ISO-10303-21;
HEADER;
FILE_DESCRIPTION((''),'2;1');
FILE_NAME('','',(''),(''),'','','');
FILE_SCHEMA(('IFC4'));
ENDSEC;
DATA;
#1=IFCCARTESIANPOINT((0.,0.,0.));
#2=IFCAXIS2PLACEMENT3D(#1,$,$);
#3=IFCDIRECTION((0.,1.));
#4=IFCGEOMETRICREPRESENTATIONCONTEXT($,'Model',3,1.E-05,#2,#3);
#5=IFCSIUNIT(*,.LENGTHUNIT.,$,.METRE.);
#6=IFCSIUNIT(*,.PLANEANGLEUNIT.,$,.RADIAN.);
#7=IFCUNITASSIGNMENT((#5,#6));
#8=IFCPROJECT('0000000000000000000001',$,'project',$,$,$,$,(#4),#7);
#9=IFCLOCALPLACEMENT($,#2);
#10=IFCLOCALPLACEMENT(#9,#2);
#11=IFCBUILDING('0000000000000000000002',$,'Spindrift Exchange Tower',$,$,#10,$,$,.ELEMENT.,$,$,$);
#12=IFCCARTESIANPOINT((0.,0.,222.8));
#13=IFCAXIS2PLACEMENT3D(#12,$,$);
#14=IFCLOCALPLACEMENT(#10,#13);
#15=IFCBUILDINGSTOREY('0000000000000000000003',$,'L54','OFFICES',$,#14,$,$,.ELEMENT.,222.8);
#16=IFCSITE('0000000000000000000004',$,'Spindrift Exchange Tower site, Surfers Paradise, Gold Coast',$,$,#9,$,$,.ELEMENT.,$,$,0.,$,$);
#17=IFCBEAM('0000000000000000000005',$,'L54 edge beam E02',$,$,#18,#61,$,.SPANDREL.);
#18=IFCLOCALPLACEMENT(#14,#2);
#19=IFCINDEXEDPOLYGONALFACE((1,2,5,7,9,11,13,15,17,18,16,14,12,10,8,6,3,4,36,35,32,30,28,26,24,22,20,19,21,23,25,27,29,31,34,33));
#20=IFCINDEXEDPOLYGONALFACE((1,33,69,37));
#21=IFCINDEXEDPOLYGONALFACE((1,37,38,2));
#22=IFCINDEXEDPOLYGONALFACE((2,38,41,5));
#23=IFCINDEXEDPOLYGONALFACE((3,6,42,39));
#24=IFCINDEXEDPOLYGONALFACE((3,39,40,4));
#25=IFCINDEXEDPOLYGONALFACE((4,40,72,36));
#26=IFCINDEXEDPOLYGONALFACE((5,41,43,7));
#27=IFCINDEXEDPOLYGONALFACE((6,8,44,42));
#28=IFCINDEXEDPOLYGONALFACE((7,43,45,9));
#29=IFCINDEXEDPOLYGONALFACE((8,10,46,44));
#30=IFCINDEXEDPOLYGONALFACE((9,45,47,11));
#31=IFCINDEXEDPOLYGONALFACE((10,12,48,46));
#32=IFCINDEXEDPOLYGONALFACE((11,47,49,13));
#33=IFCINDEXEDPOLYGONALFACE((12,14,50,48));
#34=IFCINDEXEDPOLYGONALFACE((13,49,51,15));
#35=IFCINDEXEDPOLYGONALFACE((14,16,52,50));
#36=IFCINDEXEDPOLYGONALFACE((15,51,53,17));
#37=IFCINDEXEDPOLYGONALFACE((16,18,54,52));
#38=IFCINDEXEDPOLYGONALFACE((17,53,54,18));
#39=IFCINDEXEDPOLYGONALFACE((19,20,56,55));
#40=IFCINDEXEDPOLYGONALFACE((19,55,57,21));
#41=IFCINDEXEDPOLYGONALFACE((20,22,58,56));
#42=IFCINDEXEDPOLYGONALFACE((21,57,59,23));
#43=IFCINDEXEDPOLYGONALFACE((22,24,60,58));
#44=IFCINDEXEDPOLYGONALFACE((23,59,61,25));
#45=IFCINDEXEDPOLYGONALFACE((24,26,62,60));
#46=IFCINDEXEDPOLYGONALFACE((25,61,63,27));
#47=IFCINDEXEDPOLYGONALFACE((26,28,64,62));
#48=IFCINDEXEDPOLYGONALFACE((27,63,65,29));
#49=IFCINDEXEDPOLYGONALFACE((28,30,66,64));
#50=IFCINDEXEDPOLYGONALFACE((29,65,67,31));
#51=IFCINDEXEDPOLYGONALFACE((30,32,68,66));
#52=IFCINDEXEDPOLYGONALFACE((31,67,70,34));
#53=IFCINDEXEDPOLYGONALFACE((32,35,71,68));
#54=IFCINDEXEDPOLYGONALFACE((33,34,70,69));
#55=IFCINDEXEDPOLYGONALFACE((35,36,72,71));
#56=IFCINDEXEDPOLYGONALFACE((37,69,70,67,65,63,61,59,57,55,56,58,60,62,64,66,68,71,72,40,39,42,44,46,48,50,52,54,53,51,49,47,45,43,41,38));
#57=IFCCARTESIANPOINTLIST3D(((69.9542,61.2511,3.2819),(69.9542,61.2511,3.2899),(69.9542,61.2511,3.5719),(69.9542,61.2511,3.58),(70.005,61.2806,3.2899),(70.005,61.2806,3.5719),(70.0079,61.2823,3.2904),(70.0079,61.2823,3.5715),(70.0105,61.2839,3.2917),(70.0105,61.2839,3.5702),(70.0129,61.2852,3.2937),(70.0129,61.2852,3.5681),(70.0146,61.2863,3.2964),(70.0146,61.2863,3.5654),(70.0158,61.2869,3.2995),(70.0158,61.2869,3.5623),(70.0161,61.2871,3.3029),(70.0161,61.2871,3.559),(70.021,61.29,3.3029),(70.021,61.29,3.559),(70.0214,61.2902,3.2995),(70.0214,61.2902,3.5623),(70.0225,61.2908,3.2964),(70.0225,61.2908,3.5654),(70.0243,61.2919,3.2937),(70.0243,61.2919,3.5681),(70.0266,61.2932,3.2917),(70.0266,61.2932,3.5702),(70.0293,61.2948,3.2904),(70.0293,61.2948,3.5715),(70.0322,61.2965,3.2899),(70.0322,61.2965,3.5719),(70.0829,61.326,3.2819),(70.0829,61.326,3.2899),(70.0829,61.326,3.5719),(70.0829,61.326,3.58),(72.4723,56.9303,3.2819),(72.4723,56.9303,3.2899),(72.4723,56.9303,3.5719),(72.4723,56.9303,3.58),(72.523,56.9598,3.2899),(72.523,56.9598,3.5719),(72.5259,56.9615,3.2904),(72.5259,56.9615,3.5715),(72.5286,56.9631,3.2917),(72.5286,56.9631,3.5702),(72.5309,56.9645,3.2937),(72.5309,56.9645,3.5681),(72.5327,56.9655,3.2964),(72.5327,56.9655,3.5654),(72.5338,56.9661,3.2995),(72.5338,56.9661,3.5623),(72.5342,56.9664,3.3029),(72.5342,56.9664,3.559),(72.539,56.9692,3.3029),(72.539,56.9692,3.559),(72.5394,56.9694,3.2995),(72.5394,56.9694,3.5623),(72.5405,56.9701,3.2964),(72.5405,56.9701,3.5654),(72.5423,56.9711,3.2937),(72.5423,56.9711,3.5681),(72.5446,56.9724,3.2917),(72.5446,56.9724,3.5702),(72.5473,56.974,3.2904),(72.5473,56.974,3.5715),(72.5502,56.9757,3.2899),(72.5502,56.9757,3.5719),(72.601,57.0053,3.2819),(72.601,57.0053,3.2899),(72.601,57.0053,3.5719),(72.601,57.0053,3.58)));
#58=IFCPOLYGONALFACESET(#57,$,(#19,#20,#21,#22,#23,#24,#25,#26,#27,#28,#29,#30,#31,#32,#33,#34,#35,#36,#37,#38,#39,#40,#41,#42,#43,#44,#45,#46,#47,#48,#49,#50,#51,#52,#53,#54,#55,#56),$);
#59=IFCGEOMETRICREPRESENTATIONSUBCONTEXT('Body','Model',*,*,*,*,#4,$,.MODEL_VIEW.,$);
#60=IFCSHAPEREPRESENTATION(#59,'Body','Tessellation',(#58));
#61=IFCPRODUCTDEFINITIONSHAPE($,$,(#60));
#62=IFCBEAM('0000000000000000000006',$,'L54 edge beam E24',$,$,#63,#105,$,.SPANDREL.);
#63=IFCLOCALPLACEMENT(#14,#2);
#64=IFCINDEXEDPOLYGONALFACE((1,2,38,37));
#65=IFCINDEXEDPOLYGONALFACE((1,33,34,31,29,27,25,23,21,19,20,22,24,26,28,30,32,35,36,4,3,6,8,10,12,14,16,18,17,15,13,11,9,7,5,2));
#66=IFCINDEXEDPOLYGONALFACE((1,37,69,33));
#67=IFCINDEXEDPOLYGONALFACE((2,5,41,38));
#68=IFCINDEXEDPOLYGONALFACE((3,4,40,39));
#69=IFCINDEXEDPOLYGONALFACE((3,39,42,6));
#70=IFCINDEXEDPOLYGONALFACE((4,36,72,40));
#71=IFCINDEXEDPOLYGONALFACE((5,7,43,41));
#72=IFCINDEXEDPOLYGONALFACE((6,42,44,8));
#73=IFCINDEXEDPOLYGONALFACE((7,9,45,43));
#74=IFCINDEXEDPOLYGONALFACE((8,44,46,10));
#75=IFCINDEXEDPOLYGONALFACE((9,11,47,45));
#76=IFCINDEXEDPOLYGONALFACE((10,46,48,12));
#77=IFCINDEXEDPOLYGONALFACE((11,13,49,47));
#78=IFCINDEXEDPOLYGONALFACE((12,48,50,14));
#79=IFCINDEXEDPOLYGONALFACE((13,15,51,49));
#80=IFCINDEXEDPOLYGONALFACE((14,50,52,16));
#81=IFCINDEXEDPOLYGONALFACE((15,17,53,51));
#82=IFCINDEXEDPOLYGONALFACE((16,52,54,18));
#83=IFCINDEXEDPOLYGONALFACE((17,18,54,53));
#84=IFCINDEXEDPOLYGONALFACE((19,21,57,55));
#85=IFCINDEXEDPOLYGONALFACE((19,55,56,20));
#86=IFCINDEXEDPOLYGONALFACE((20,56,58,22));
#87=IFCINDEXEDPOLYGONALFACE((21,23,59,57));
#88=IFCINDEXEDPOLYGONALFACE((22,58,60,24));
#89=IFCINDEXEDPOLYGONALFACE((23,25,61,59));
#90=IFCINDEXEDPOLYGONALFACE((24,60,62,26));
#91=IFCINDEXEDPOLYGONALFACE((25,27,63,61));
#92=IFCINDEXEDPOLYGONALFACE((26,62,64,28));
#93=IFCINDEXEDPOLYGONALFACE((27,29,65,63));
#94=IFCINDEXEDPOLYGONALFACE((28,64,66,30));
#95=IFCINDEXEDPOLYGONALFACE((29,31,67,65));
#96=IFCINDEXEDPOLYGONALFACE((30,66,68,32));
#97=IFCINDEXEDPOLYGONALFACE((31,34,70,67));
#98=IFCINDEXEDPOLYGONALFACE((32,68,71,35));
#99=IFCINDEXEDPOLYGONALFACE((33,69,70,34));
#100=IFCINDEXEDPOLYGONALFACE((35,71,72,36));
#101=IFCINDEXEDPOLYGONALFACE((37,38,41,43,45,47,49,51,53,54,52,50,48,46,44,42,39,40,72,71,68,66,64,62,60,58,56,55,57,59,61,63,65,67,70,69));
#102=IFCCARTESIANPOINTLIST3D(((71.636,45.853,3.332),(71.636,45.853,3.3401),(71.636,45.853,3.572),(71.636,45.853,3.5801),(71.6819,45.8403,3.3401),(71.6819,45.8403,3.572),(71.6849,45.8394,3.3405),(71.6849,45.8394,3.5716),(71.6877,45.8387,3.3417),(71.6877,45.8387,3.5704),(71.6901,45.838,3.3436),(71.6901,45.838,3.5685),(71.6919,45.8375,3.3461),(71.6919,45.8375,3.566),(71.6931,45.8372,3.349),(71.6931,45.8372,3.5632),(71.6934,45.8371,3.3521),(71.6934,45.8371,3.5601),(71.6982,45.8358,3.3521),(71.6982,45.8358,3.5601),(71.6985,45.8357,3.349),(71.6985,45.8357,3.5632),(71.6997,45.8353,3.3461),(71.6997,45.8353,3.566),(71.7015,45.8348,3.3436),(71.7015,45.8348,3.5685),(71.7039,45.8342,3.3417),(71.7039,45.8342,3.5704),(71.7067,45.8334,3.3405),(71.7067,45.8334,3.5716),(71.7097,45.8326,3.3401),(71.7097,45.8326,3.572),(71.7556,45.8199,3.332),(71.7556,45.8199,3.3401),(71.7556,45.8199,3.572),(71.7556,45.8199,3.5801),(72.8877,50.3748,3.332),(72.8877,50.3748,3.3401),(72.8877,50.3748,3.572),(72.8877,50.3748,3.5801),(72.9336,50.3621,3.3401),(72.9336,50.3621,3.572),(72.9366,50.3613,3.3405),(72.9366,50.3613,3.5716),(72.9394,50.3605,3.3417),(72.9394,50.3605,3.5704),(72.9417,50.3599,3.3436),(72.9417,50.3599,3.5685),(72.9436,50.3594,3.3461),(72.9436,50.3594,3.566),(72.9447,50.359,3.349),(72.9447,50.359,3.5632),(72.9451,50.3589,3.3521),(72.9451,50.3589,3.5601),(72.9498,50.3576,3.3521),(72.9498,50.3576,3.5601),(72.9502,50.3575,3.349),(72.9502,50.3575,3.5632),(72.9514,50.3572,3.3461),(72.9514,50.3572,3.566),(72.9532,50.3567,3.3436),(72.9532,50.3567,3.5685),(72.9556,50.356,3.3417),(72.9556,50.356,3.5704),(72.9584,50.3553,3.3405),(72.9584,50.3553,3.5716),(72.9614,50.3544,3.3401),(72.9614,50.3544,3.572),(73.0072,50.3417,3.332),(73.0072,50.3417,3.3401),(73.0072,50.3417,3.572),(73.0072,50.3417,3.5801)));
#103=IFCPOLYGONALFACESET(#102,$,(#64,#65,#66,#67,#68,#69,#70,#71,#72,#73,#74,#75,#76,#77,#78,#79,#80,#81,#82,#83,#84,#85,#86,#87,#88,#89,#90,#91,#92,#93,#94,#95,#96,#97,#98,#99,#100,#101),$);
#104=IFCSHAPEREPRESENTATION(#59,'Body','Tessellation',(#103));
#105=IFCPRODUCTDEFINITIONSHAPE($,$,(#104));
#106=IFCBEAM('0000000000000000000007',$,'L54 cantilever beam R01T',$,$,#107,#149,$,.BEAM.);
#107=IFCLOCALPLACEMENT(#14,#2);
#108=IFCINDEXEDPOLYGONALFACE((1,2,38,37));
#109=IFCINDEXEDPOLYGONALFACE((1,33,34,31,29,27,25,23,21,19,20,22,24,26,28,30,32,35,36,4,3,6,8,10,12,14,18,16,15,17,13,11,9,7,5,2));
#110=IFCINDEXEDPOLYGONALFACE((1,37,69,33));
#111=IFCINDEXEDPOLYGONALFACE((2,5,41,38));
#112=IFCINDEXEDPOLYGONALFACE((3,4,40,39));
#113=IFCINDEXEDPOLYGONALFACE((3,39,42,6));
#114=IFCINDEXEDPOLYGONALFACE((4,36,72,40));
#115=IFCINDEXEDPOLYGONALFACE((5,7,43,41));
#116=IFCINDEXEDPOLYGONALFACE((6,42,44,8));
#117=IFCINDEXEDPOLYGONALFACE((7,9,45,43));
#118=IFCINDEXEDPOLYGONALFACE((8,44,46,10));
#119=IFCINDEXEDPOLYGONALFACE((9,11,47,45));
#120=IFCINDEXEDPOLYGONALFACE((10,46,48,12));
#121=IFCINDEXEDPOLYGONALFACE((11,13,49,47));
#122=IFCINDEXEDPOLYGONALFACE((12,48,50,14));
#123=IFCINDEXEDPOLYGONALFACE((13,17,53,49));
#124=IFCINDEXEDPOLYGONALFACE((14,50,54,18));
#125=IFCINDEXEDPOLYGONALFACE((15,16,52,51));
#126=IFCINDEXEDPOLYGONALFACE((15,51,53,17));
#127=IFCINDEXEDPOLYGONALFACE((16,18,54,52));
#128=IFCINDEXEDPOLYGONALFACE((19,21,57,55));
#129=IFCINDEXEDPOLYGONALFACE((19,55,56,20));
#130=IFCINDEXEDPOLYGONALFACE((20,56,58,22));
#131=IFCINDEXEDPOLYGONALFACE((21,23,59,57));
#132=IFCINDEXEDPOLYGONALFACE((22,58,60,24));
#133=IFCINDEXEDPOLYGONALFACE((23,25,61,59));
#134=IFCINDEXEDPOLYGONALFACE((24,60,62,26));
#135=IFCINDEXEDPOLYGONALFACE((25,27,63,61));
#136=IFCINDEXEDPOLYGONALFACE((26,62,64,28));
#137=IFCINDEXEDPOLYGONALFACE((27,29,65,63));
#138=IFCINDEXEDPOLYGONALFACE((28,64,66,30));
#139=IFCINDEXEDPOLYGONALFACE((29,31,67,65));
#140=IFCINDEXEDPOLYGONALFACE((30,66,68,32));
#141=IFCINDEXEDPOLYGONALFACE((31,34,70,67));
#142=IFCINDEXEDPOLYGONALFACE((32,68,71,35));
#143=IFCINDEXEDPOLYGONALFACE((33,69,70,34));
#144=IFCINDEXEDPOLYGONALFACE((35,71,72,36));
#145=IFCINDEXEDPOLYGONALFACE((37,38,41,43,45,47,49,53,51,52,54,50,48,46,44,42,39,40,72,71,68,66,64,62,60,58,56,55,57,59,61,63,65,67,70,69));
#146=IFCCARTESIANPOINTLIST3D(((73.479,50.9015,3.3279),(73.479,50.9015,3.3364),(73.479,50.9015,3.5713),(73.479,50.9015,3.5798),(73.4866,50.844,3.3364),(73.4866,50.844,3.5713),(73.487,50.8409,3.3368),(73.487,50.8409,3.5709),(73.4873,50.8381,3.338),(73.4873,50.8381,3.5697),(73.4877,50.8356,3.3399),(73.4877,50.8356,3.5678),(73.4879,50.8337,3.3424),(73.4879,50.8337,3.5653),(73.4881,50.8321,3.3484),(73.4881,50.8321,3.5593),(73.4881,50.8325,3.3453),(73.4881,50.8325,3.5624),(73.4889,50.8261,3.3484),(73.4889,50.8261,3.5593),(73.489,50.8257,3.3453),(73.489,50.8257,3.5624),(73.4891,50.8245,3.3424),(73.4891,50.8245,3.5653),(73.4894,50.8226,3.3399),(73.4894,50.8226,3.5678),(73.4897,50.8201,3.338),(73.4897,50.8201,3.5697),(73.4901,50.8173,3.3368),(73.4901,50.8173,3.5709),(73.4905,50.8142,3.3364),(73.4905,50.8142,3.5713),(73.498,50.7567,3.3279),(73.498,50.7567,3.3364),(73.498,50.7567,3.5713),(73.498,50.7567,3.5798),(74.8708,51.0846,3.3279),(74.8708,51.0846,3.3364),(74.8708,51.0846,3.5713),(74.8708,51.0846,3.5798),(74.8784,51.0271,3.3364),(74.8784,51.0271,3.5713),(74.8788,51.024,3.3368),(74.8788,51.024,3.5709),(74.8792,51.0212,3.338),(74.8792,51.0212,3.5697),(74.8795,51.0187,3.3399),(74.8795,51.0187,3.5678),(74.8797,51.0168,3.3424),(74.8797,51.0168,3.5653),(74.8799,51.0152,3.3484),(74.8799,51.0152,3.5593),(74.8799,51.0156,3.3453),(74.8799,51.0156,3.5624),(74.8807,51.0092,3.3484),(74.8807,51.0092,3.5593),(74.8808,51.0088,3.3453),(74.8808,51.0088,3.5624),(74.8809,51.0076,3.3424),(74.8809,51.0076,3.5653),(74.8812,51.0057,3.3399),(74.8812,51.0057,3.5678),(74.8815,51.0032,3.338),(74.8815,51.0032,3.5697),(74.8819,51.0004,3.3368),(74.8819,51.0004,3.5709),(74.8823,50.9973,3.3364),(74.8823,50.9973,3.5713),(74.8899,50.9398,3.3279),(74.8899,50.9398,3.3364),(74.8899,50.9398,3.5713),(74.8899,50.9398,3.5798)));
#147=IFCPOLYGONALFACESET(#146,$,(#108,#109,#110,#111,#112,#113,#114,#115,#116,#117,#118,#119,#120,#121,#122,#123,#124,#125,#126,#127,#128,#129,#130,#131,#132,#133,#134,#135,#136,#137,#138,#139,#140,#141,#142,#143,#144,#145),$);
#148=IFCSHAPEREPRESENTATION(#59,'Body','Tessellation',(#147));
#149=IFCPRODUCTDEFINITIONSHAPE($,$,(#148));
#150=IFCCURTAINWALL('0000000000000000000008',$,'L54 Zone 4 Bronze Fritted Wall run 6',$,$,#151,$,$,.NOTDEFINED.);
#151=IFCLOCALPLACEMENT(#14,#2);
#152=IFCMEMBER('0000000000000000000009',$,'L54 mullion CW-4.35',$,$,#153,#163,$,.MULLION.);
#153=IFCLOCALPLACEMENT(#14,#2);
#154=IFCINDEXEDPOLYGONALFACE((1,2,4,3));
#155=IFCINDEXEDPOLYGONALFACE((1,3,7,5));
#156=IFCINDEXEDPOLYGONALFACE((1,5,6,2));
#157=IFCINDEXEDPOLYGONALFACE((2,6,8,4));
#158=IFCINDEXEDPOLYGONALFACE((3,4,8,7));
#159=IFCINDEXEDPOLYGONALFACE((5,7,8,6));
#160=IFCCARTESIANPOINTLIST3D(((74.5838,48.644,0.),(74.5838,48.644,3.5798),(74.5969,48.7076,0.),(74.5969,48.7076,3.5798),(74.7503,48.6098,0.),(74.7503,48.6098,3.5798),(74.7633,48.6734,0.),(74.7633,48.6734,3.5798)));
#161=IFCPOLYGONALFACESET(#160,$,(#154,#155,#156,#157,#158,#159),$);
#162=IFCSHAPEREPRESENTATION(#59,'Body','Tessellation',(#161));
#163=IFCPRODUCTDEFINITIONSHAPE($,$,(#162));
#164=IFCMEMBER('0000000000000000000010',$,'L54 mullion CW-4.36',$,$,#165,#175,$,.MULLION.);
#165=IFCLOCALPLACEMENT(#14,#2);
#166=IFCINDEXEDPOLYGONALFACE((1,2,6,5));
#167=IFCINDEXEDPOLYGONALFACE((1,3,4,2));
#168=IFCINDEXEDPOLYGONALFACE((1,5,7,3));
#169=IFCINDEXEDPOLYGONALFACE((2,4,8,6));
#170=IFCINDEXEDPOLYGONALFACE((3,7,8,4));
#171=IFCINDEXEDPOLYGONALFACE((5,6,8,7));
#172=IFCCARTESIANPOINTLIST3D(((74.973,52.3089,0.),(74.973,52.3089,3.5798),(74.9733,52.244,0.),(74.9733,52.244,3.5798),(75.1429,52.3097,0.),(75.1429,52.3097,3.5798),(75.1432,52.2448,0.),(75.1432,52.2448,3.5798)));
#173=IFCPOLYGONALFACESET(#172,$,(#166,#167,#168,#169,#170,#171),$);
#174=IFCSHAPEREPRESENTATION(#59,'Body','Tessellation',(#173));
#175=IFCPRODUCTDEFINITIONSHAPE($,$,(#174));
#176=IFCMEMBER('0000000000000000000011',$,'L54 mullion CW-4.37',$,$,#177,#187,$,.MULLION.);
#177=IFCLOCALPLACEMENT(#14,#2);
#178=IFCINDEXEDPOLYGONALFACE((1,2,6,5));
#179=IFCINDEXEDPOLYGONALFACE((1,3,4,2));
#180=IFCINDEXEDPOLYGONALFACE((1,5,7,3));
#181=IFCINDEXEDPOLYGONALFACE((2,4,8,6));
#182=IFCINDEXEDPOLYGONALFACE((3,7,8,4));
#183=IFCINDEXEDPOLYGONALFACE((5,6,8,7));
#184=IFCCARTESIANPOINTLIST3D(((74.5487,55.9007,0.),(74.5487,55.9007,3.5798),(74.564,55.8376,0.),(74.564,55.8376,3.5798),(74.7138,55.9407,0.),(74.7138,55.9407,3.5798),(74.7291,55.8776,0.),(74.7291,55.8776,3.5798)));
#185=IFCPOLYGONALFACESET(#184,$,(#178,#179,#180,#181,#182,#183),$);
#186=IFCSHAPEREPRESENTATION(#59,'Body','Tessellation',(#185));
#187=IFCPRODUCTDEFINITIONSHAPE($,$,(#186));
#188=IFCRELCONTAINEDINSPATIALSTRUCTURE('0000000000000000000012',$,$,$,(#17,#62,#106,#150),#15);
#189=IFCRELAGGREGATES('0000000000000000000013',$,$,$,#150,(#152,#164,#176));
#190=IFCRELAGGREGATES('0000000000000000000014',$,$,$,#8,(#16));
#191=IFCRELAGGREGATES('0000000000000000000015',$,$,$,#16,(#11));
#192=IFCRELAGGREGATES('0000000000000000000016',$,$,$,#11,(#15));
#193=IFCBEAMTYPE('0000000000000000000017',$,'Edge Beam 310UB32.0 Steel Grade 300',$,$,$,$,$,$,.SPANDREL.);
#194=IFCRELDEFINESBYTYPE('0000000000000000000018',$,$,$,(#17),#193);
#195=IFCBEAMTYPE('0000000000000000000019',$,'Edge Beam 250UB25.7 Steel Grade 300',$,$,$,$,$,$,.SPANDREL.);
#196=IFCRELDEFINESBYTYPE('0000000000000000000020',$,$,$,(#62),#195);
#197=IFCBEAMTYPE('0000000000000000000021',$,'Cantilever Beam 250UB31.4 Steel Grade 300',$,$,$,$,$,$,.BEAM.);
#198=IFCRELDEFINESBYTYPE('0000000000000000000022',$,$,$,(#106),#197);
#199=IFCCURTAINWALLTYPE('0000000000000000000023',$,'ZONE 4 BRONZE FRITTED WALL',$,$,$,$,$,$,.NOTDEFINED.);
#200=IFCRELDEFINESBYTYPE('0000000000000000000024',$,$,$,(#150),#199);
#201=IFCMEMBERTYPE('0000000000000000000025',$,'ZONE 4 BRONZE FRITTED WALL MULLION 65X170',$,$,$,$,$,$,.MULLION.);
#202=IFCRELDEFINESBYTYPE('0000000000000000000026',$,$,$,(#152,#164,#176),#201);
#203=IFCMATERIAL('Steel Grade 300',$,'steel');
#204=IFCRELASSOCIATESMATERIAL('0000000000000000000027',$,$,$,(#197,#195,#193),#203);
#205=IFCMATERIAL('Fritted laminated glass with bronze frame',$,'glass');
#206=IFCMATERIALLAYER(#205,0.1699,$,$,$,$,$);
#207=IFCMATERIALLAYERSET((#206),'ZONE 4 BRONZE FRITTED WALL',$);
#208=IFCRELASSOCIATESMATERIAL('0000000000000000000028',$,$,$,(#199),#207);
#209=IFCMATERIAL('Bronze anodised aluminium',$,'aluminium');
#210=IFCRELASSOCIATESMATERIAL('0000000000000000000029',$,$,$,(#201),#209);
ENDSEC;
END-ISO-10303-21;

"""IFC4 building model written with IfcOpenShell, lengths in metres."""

from ifc_helpers import new_model, si_unit, direction, frame, origin, origin_2d, place, context, subcontext, project, spatial, rectangle, i_section, extrude, source, transform, mapped, material, layer, layer_set, material_profile, profile_set, type_object, element, aggregate, save


model = new_model("IFC4")

# Units and contexts
model_context = context("Model", 3, precision=1e-05, world=origin(), true_north=direction((0.0, 1.0)))
body_context = subcontext(model_context, "Body", "Model", "MODEL_VIEW")
ifc_project = project(units=[si_unit("LENGTHUNIT", "METRE"), si_unit("PLANEANGLEUNIT", "RADIAN")], contexts=[model_context])

# Site, building, storey
site_placement = place(None, origin())
site = spatial("IfcSite", under=ifc_project, at=site_placement, Name="Spindrift Exchange Tower site, Surfers Paradise, Gold Coast", CompositionType="ELEMENT", RefElevation=0.0)
building_placement = place(site_placement, origin())
building = spatial("IfcBuilding", under=site, at=building_placement, Name="Spindrift Exchange Tower", CompositionType="ELEMENT")
storey_placement = place(building_placement, frame((0.0, 0.0, 222.8)))
storey = spatial("IfcBuildingStorey", under=building, at=storey_placement, Name="L54", Description="OFFICES", CompositionType="ELEMENT", Elevation=222.8)

# Beams
ifc_material_1 = material(Name="Steel Grade 300", Category="steel")
ifc_material_profile_1 = material_profile(ifc_material_1, i_section(OverallWidth=0.146, OverallDepth=0.252, WebThickness=0.0061, FlangeThickness=0.0085, FilletRadius=0.012, at=origin_2d()), Name="250UB31.4")
ifc_profile_set_1 = profile_set([ifc_material_profile_1], Name="Steel Grade 300")
beam_type_1 = type_object("IfcBeamType", Name="Cantilever Beam 250UB31.4 Steel Grade 300", PredefinedType="BEAM", material=ifc_profile_set_1)
ifc_material_profile_2 = material_profile(ifc_material_1, i_section(OverallWidth=0.124, OverallDepth=0.248, WebThickness=0.0049, FlangeThickness=0.0081, FilletRadius=0.012, at=origin_2d()), Name="250UB25.7")
ifc_profile_set_2 = profile_set([ifc_material_profile_2], Name="Steel Grade 300")
beam_type_2 = type_object("IfcBeamType", Name="Edge Beam 250UB25.7 Steel Grade 300", PredefinedType="SPANDREL", material=ifc_profile_set_2)
ifc_material_profile_3 = material_profile(ifc_material_1, i_section(OverallWidth=0.1489, OverallDepth=0.2981, WebThickness=0.0056, FlangeThickness=0.0081, FilletRadius=0.0129, at=origin_2d()), Name="310UB32.0")
ifc_profile_set_3 = profile_set([ifc_material_profile_3], Name="Steel Grade 300")
beam_type_3 = type_object("IfcBeamType", Name="Edge Beam 310UB32.0 Steel Grade 300", PredefinedType="SPANDREL", material=ifc_profile_set_3)
shared_shape_1 = source(origin(), body_context, "Body", "SweptSolid", [
    extrude(i_section(OverallWidth=0.1489, OverallDepth=0.2981, WebThickness=0.0056, FlangeThickness=0.0081, FilletRadius=0.0129, at=origin_2d()), origin(), (0.0, 0.0, 1.0), 5.001),
])
beam_1_placement = place(storey_placement, frame((72.5366, 56.9678, 3.4309), z_axis=(-0.503513, 0.863988, 0.0), x_axis=(-0.863988, -0.503513, 0.0)))
element("IfcBeam", 1, at=beam_1_placement, inside=storey, type_object=beam_type_3, Name="L54 edge beam E02", PredefinedType="SPANDREL", context=body_context, shape_type="MappedRepresentation", body=[
    mapped(shared_shape_1, transform((0.0, 0.0, 0.0), scale=1.0)),
])
shared_shape_2 = source(origin(), body_context, "Body", "SweptSolid", [
    extrude(i_section(OverallWidth=0.124, OverallDepth=0.248, WebThickness=0.0049, FlangeThickness=0.0081, FilletRadius=0.012, at=origin_2d()), origin(), (0.0, 0.0, 1.0), 4.6919),
])
beam_2_placement = place(storey_placement, frame((71.6958, 45.8364, 3.4561), z_axis=(0.266774, 0.963759, 0.0), x_axis=(-0.963759, 0.266774, 0.0)))
element("IfcBeam", 2, at=beam_2_placement, inside=storey, type_object=beam_type_2, Name="L54 edge beam E24", PredefinedType="SPANDREL", context=body_context, shape_type="MappedRepresentation", body=[
    mapped(shared_shape_2, transform((0.0, 0.0, 0.0), scale=1.0)),
])
shared_shape_3 = source(origin(), body_context, "Body", "SweptSolid", [
    extrude(i_section(OverallWidth=0.146, OverallDepth=0.252, WebThickness=0.0061, FlangeThickness=0.0085, FilletRadius=0.012, at=origin_2d()), origin(), (0.0, 0.0, 1.0), 1.4038),
])
beam_3_placement = place(storey_placement, frame((73.4885, 50.8291, 3.4539), z_axis=(0.991457, 0.130432, 0.0), x_axis=(-0.130432, 0.991457, 0.0)))
element("IfcBeam", 3, at=beam_3_placement, inside=storey, type_object=beam_type_1, Name="L54 cantilever beam R01T", PredefinedType="BEAM", context=body_context, shape_type="MappedRepresentation", body=[
    mapped(shared_shape_3, transform((0.0, 0.0, 0.0), scale=1.0)),
])

# Curtain wall, members
ifc_material_2 = material(Name="Fritted laminated glass with bronze frame", Category="glass")
ifc_layer_1 = layer(ifc_material_2, 0.1699)
ifc_layer_set_1 = layer_set([ifc_layer_1], Name="ZONE 4 BRONZE FRITTED WALL")
curtain_wall_type = type_object("IfcCurtainWallType", Name="ZONE 4 BRONZE FRITTED WALL", PredefinedType="NOTDEFINED", material=ifc_layer_set_1)
curtain_wall_placement = place(storey_placement, origin())
curtain_wall = element("IfcCurtainWall", 4, at=curtain_wall_placement, inside=storey, type_object=curtain_wall_type, Name="L54 Zone 4 Bronze Fritted Wall run 6", PredefinedType="NOTDEFINED")
ifc_material_3 = material(Name="Bronze anodised aluminium", Category="aluminium")
ifc_material_profile_4 = material_profile(ifc_material_3, rectangle(XDim=0.0649, YDim=0.1699, at=origin_2d()), Name="ZONE 4 BRONZE FRITTED WALL MULLION 65X170")
ifc_profile_set_4 = profile_set([ifc_material_profile_4], Name="Bronze anodised aluminium")
member_type_1 = type_object("IfcMemberType", Name="ZONE 4 BRONZE FRITTED WALL MULLION 65X170", PredefinedType="MULLION", material=ifc_profile_set_4)
shared_shape_4 = source(origin(), body_context, "Body", "SweptSolid", [
    extrude(rectangle(XDim=0.0649, YDim=0.1699, at=origin_2d()), origin(), (0.0, 0.0, 1.0), 3.5798),
])
member_1_placement = place(storey_placement, frame((74.6736, 48.6587, 0.0), z_axis=(0.0, 0.0, 1.0), x_axis=(0.201498, 0.979489, 0.0)))
member_1 = element("IfcMember", 5, at=member_1_placement, type_object=member_type_1, Name="L54 mullion CW-4.35", PredefinedType="MULLION", context=body_context, shape_type="MappedRepresentation", body=[
    mapped(shared_shape_4, transform((0.0, 0.0, 0.0), scale=1.0)),
])
member_2_placement = place(storey_placement, frame((75.0581, 52.2769, 0.0), z_axis=(0.0, 0.0, 1.0), x_axis=(-0.004841, 0.999988, 0.0)))
member_2 = element("IfcMember", 6, at=member_2_placement, type_object=member_type_1, Name="L54 mullion CW-4.36", PredefinedType="MULLION", context=body_context, shape_type="MappedRepresentation", body=[
    mapped(shared_shape_4, transform((0.0, 0.0, 0.0), scale=1.0)),
])
member_3_placement = place(storey_placement, frame((74.6389, 55.8892, 0.0), z_axis=(0.0, 0.0, 1.0), x_axis=(-0.23535, 0.971911, 0.0)))
member_3 = element("IfcMember", 7, at=member_3_placement, type_object=member_type_1, Name="L54 mullion CW-4.37", PredefinedType="MULLION", context=body_context, shape_type="MappedRepresentation", body=[
    mapped(shared_shape_4, transform((0.0, 0.0, 0.0), scale=1.0)),
])
aggregate(curtain_wall, [member_1, member_2, member_3])

save(model, "model.ifc")
